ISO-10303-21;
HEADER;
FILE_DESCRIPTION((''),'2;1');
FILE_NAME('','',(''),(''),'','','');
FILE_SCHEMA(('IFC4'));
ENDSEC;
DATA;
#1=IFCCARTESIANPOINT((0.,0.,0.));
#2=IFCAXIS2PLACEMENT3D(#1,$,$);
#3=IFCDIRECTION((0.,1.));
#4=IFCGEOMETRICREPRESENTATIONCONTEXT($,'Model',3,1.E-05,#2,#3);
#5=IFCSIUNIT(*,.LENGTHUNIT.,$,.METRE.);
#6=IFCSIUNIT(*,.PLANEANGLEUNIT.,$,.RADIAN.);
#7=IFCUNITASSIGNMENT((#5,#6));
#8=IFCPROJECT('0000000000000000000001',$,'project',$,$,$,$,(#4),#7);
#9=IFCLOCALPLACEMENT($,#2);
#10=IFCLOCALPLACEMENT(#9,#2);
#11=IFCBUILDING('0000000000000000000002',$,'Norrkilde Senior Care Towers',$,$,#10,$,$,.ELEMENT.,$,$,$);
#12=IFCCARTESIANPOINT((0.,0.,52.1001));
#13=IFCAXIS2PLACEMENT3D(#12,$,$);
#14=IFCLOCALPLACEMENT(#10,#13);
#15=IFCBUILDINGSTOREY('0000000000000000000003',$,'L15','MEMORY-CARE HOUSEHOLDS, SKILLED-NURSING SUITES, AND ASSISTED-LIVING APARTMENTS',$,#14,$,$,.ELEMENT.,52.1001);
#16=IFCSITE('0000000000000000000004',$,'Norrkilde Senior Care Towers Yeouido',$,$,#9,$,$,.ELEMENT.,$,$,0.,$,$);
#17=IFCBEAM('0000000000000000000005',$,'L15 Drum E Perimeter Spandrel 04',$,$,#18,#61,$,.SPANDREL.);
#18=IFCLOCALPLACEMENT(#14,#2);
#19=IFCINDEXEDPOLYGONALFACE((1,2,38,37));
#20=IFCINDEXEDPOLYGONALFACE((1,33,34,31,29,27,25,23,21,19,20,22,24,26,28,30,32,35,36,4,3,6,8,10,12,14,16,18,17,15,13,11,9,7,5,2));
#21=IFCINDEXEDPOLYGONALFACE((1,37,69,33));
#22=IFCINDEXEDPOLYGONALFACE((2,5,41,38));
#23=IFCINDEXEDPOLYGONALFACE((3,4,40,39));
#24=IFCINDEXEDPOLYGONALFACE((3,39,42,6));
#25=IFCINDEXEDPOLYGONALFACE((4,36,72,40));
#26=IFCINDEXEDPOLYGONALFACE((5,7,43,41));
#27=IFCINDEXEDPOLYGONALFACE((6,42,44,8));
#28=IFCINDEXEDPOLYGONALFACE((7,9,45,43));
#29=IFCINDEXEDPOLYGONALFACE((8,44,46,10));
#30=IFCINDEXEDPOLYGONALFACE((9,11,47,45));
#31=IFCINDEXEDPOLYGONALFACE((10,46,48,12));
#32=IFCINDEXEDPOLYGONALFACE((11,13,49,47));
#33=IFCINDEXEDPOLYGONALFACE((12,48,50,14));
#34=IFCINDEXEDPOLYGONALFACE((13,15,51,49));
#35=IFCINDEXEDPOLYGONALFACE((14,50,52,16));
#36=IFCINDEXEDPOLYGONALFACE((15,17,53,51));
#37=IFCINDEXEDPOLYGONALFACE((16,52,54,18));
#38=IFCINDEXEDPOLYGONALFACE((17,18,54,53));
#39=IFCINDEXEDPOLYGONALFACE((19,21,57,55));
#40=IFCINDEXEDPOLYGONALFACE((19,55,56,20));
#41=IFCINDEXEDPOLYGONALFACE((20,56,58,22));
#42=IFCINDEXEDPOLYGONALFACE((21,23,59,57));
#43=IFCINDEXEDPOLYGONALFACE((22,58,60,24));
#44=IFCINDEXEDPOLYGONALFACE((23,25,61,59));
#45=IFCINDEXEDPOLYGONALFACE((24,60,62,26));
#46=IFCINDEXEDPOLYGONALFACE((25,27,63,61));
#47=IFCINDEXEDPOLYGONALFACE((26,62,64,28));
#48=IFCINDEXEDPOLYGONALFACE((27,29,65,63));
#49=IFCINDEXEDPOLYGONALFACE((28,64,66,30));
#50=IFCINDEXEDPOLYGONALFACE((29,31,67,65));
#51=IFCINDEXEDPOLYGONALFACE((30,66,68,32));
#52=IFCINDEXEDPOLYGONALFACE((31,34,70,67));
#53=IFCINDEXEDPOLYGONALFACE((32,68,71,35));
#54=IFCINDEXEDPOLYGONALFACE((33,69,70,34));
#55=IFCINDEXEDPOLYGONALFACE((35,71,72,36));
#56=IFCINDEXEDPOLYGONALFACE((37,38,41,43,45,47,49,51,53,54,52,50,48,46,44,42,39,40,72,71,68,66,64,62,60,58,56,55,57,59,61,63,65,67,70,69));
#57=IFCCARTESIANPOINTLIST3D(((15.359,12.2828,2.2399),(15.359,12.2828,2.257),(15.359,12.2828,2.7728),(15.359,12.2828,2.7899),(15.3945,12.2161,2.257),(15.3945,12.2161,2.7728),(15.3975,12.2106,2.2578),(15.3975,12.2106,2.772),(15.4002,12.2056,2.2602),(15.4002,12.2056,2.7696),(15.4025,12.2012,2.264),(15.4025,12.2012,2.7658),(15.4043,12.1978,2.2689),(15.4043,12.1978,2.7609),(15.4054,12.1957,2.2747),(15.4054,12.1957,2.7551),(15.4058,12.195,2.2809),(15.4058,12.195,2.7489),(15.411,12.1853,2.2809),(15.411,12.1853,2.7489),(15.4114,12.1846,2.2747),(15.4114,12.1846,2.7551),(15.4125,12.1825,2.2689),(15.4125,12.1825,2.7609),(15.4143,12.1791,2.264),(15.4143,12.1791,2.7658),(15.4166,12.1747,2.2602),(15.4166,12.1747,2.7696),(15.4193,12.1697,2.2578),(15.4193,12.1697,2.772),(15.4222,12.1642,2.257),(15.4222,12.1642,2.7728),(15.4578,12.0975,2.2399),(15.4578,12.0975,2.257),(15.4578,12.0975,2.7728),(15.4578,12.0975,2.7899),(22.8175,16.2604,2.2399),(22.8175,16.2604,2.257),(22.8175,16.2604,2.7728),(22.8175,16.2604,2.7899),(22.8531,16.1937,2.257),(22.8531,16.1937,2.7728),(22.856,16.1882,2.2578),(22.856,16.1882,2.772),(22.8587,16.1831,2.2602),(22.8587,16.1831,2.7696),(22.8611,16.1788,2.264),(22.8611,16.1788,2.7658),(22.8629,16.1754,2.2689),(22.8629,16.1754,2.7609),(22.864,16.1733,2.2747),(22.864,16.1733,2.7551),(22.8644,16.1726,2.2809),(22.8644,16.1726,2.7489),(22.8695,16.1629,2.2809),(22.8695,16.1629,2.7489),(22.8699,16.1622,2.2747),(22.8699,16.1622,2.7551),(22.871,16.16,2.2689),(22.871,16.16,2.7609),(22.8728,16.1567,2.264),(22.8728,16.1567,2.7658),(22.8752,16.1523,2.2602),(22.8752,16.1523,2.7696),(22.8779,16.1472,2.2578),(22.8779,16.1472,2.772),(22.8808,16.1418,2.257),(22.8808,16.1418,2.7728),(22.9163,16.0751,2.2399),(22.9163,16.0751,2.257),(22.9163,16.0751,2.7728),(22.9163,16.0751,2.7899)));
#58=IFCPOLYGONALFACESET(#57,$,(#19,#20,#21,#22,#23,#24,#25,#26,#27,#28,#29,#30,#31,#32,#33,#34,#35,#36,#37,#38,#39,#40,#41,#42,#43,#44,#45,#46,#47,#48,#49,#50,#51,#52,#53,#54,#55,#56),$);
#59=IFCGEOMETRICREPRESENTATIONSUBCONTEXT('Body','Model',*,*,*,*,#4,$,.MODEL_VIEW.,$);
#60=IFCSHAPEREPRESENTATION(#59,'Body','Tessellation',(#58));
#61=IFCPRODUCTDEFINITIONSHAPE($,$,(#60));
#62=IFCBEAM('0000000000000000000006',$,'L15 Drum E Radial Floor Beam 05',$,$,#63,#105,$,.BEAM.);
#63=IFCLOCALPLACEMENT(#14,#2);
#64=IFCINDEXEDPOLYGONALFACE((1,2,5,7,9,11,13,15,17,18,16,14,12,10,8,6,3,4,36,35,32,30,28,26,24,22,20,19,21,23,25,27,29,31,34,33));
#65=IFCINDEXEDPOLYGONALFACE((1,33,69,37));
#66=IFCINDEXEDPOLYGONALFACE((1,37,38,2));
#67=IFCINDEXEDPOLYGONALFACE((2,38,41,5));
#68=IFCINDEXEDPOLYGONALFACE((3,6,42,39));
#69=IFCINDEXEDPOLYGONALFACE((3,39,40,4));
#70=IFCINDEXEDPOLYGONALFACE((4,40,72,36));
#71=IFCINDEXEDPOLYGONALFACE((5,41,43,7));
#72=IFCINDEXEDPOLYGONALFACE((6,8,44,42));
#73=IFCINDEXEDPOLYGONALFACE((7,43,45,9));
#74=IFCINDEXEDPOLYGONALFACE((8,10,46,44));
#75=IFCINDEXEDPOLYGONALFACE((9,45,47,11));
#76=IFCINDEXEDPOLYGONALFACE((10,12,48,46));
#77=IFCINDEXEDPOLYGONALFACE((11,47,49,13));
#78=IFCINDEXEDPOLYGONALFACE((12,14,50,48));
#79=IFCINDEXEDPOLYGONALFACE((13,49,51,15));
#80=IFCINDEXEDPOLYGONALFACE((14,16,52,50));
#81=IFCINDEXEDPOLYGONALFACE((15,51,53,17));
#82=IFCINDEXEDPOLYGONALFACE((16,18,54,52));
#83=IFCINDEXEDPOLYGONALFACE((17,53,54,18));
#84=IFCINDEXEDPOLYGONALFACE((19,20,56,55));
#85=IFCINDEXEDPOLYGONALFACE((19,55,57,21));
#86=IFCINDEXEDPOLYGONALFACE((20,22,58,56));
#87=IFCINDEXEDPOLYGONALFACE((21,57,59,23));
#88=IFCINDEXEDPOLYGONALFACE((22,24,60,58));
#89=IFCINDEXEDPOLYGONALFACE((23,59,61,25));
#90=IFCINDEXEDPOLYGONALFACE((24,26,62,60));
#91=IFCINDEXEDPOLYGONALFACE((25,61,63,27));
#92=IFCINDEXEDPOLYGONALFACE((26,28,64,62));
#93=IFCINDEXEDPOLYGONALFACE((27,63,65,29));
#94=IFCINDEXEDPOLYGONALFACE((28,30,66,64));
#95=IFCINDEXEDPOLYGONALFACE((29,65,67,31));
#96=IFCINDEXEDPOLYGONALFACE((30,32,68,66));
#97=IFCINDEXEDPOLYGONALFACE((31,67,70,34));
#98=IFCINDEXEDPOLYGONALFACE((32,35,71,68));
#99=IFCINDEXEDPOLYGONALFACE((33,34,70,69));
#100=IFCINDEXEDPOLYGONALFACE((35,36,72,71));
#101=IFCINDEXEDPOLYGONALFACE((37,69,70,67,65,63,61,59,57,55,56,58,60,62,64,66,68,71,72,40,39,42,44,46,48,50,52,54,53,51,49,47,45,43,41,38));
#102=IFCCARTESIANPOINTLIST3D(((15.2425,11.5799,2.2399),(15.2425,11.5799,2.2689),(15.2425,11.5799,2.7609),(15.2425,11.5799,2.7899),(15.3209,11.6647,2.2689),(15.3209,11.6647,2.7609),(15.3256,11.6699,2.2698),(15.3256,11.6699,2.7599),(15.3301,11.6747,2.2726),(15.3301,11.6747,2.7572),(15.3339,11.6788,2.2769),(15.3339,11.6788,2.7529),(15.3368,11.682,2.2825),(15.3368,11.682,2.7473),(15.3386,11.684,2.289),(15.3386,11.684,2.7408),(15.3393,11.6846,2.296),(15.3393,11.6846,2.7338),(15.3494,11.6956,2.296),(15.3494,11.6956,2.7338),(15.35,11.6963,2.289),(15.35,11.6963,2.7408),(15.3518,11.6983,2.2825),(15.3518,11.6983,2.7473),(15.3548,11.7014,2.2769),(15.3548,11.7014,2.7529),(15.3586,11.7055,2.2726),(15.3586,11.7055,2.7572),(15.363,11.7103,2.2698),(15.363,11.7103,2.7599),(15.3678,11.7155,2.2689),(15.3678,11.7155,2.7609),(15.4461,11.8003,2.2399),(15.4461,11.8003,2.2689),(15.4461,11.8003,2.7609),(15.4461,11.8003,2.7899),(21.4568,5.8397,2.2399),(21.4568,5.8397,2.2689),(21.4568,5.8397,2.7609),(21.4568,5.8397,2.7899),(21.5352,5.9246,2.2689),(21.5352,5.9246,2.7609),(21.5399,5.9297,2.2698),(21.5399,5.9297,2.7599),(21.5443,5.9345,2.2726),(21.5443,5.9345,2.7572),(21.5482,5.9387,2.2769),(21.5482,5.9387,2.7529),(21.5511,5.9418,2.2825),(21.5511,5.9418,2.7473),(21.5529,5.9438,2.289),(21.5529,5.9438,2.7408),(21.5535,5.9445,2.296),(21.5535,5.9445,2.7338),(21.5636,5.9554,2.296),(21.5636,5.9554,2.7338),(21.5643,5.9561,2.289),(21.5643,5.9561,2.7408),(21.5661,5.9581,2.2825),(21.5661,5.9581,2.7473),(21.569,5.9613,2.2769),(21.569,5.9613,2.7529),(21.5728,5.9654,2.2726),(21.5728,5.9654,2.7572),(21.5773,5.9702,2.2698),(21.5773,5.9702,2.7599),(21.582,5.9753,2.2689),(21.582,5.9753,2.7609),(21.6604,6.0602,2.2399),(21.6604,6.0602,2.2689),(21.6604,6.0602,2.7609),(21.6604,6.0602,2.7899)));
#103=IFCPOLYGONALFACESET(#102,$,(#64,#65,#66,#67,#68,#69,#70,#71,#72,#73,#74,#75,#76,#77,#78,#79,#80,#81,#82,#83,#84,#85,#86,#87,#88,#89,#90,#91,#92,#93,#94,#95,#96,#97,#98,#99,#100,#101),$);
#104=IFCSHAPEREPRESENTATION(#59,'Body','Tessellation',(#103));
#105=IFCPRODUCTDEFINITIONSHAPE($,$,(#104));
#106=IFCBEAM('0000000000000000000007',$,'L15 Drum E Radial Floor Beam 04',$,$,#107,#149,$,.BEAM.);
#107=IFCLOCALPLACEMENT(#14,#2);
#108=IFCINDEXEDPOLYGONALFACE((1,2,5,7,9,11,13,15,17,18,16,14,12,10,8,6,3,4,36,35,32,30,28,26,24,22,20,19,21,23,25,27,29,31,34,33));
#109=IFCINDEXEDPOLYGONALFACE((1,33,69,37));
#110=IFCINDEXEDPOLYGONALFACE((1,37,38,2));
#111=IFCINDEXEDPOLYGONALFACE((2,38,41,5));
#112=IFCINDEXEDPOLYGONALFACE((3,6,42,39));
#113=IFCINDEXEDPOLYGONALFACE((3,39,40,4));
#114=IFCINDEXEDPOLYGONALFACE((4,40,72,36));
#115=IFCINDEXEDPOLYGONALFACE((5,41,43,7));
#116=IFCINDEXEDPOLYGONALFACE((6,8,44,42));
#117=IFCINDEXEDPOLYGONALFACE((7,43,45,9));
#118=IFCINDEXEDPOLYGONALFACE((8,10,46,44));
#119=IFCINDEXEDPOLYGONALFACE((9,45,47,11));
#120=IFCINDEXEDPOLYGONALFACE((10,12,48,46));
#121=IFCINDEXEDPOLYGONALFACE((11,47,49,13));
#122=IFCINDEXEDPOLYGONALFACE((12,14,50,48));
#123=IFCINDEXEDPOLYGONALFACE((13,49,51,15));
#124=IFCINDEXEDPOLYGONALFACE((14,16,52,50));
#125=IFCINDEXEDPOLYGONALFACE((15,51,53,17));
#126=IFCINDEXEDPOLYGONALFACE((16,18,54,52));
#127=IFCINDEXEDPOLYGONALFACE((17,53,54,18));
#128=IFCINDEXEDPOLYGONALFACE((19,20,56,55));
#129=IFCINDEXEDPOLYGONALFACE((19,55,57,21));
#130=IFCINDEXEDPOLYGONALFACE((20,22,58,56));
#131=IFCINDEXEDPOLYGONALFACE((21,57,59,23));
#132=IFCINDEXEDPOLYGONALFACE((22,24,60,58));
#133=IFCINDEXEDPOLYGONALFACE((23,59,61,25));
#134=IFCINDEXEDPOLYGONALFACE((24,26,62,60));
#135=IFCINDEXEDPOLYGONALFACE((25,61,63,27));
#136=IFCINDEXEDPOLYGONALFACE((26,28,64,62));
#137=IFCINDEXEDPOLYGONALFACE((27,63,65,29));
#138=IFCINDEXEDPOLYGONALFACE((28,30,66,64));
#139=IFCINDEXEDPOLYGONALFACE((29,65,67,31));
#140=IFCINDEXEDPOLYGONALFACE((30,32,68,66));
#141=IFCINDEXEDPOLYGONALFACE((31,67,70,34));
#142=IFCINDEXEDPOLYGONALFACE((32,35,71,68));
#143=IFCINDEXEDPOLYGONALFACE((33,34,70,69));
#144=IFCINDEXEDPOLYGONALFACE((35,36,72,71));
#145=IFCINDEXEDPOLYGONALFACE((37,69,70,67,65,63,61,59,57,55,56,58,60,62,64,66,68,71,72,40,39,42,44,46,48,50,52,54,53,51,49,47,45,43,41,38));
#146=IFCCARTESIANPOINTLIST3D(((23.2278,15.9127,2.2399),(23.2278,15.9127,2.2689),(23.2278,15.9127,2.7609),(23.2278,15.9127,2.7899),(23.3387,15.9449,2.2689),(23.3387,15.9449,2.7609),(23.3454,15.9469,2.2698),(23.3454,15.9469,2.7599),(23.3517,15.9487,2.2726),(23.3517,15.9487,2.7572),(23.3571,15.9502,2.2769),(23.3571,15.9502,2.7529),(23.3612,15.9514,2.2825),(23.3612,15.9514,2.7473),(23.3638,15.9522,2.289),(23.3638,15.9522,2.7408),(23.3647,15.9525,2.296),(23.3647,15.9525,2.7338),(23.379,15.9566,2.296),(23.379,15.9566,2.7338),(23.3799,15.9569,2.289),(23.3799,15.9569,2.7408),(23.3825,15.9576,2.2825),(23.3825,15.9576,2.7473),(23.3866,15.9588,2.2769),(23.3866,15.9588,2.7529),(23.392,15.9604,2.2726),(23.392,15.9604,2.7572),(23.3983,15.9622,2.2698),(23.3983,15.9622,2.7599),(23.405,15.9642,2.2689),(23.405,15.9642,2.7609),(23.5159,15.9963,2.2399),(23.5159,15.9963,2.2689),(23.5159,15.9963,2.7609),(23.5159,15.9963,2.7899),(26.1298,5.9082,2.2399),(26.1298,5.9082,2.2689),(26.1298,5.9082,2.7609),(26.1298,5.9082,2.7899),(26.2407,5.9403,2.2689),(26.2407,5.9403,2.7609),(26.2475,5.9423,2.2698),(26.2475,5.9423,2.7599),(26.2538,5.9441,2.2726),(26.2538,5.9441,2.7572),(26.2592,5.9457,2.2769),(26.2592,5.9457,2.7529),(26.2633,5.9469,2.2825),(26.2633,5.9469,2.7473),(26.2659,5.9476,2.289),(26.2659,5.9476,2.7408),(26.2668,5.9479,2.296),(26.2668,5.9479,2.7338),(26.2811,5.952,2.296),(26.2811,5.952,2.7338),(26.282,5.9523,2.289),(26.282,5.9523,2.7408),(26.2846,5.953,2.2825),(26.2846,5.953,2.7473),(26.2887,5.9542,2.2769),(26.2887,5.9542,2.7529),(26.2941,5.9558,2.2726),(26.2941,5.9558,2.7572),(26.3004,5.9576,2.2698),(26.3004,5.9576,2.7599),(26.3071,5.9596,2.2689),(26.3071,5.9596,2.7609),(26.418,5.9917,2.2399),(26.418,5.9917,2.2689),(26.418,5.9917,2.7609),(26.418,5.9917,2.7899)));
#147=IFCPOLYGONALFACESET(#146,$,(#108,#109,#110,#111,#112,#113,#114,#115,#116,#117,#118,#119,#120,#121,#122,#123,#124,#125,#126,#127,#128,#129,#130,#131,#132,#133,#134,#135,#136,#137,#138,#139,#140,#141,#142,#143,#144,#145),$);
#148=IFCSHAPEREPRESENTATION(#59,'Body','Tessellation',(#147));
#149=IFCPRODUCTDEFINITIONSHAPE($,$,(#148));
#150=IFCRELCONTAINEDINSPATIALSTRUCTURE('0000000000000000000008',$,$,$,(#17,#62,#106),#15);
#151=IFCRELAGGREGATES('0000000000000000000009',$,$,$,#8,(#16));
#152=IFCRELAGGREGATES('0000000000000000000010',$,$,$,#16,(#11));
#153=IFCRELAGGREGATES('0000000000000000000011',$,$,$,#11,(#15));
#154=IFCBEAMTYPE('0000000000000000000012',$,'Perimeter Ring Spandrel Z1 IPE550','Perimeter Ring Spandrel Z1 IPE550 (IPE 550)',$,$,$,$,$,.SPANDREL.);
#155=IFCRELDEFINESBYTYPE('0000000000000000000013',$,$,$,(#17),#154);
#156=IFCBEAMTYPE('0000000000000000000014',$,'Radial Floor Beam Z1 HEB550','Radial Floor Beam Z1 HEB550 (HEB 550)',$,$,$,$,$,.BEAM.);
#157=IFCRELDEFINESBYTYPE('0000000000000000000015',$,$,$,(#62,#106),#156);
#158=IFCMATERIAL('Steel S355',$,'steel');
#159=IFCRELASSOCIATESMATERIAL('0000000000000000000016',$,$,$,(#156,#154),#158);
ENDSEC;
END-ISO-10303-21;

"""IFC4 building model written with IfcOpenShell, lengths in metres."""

from ifc_helpers import new_model, si_unit, direction, frame, origin, origin_2d, place, context, subcontext, project, spatial, i_section, extrude, source, transform, mapped, material, material_profile, profile_set, type_object, type_shapes, element, save


model = new_model("IFC4")

# Units and contexts
model_context = context("Model", 3, precision=1e-05, world=origin(), true_north=direction((0.0, 1.0)))
body_context = subcontext(model_context, "Body", "Model", "MODEL_VIEW")
ifc_project = project(units=[si_unit("LENGTHUNIT", "METRE"), si_unit("PLANEANGLEUNIT", "RADIAN")], contexts=[model_context])

# Site, building, storey
site_placement = place(None, origin())
site = spatial("IfcSite", under=ifc_project, at=site_placement, Name="Norrkilde Senior Care Towers Yeouido", CompositionType="ELEMENT", RefElevation=0.0)
building_placement = place(site_placement, origin())
building = spatial("IfcBuilding", under=site, at=building_placement, Name="Norrkilde Senior Care Towers", CompositionType="ELEMENT")
storey_placement = place(building_placement, frame((0.0, 0.0, 52.1001)))
storey = spatial("IfcBuildingStorey", under=building, at=storey_placement, Name="L15", Description="MEMORY-CARE HOUSEHOLDS, SKILLED-NURSING SUITES, AND ASSISTED-LIVING APARTMENTS", CompositionType="ELEMENT", Elevation=52.1001)

# Beams
ifc_material_1 = material(Name="Steel S355", Category="steel")
ifc_material_profile_1 = material_profile(ifc_material_1, i_section(OverallWidth=0.3, OverallDepth=0.55, WebThickness=0.0149, FlangeThickness=0.0291, FilletRadius=0.0271, at=origin_2d()), Name="HEB 550")
ifc_profile_set_1 = profile_set([ifc_material_profile_1], Name="Steel S355")
beam_type_1 = type_object("IfcBeamType", Name="Radial Floor Beam Z1 HEB550", Description="Radial Floor Beam Z1 HEB550 (HEB 550)", PredefinedType="BEAM", material=ifc_profile_set_1)
ifc_material_profile_2 = material_profile(ifc_material_1, i_section(OverallWidth=0.21, OverallDepth=0.55, WebThickness=0.011, FlangeThickness=0.0171, FilletRadius=0.0239, at=origin_2d()), Name="IPE 550")
ifc_profile_set_2 = profile_set([ifc_material_profile_2], Name="Steel S355")
beam_type_2 = type_object("IfcBeamType", Name="Perimeter Ring Spandrel Z1 IPE550", Description="Perimeter Ring Spandrel Z1 IPE550 (IPE 550)", PredefinedType="SPANDREL", material=ifc_profile_set_2)
shared_shape_1 = source(origin(), body_context, "Body", "SweptSolid", [
    extrude(i_section(OverallWidth=0.21, OverallDepth=0.55, WebThickness=0.011, FlangeThickness=0.0171, FilletRadius=0.0239, at=origin_2d()), origin(), (0.0, 0.0, 1.0), 8.4529),
])
type_shapes(beam_type_2, [shared_shape_1])
beam_1_placement = place(storey_placement, frame((22.8669, 16.1677, 2.5149), z_axis=(-0.882369, -0.470558, 0.0), x_axis=(0.470558, -0.882369, 0.0)))
element("IfcBeam", 1, at=beam_1_placement, inside=storey, type_object=beam_type_2, Name="L15 Drum E Perimeter Spandrel 04", PredefinedType="SPANDREL", context=body_context, shape_type="MappedRepresentation", body=[
    mapped(shared_shape_1, transform((0.0, 0.0, 0.0), x_axis=(1.0, 0.0, 0.0), y_axis=(0.0, 1.0, 0.0), z_axis=(0.0, 0.0, 1.0), scale=1.0)),
])
shared_shape_2 = source(origin(), body_context, "Body", "SweptSolid", [
    extrude(i_section(OverallWidth=0.3, OverallDepth=0.55, WebThickness=0.0149, FlangeThickness=0.0291, FilletRadius=0.0271, at=origin_2d()), origin(), (0.0, 0.0, 1.0), 8.4597),
])
beam_2_placement = place(storey_placement, frame((21.5586, 5.95, 2.5149), z_axis=(-0.734573, 0.678529, 0.0), x_axis=(-0.678529, -0.734573, 0.0)))
element("IfcBeam", 2, at=beam_2_placement, inside=storey, type_object=beam_type_1, Name="L15 Drum E Radial Floor Beam 05", PredefinedType="BEAM", context=body_context, shape_type="MappedRepresentation", body=[
    mapped(shared_shape_2, transform((0.0, 0.0, 0.0), x_axis=(1.0, 0.0, 0.0), y_axis=(0.0, 1.0, 0.0), z_axis=(0.0, 0.0, 1.0), scale=1.0)),
])
shared_shape_3 = source(origin(), body_context, "Body", "SweptSolid", [
    extrude(i_section(OverallWidth=0.3, OverallDepth=0.55, WebThickness=0.0149, FlangeThickness=0.0291, FilletRadius=0.0271, at=origin_2d()), origin(), (0.0, 0.0, 1.0), 10.417),
])
beam_3_placement = place(storey_placement, frame((26.2739, 5.95, 2.5149), z_axis=(-0.278591, 0.96041, 0.0), x_axis=(-0.96041, -0.278591, 0.0)))
element("IfcBeam", 3, at=beam_3_placement, inside=storey, type_object=beam_type_1, Name="L15 Drum E Radial Floor Beam 04", PredefinedType="BEAM", context=body_context, shape_type="MappedRepresentation", body=[
    mapped(shared_shape_3, transform((0.0, 0.0, 0.0), x_axis=(1.0, 0.0, 0.0), y_axis=(0.0, 1.0, 0.0), z_axis=(0.0, 0.0, 1.0), scale=1.0)),
])

save(model, "model.ifc")
